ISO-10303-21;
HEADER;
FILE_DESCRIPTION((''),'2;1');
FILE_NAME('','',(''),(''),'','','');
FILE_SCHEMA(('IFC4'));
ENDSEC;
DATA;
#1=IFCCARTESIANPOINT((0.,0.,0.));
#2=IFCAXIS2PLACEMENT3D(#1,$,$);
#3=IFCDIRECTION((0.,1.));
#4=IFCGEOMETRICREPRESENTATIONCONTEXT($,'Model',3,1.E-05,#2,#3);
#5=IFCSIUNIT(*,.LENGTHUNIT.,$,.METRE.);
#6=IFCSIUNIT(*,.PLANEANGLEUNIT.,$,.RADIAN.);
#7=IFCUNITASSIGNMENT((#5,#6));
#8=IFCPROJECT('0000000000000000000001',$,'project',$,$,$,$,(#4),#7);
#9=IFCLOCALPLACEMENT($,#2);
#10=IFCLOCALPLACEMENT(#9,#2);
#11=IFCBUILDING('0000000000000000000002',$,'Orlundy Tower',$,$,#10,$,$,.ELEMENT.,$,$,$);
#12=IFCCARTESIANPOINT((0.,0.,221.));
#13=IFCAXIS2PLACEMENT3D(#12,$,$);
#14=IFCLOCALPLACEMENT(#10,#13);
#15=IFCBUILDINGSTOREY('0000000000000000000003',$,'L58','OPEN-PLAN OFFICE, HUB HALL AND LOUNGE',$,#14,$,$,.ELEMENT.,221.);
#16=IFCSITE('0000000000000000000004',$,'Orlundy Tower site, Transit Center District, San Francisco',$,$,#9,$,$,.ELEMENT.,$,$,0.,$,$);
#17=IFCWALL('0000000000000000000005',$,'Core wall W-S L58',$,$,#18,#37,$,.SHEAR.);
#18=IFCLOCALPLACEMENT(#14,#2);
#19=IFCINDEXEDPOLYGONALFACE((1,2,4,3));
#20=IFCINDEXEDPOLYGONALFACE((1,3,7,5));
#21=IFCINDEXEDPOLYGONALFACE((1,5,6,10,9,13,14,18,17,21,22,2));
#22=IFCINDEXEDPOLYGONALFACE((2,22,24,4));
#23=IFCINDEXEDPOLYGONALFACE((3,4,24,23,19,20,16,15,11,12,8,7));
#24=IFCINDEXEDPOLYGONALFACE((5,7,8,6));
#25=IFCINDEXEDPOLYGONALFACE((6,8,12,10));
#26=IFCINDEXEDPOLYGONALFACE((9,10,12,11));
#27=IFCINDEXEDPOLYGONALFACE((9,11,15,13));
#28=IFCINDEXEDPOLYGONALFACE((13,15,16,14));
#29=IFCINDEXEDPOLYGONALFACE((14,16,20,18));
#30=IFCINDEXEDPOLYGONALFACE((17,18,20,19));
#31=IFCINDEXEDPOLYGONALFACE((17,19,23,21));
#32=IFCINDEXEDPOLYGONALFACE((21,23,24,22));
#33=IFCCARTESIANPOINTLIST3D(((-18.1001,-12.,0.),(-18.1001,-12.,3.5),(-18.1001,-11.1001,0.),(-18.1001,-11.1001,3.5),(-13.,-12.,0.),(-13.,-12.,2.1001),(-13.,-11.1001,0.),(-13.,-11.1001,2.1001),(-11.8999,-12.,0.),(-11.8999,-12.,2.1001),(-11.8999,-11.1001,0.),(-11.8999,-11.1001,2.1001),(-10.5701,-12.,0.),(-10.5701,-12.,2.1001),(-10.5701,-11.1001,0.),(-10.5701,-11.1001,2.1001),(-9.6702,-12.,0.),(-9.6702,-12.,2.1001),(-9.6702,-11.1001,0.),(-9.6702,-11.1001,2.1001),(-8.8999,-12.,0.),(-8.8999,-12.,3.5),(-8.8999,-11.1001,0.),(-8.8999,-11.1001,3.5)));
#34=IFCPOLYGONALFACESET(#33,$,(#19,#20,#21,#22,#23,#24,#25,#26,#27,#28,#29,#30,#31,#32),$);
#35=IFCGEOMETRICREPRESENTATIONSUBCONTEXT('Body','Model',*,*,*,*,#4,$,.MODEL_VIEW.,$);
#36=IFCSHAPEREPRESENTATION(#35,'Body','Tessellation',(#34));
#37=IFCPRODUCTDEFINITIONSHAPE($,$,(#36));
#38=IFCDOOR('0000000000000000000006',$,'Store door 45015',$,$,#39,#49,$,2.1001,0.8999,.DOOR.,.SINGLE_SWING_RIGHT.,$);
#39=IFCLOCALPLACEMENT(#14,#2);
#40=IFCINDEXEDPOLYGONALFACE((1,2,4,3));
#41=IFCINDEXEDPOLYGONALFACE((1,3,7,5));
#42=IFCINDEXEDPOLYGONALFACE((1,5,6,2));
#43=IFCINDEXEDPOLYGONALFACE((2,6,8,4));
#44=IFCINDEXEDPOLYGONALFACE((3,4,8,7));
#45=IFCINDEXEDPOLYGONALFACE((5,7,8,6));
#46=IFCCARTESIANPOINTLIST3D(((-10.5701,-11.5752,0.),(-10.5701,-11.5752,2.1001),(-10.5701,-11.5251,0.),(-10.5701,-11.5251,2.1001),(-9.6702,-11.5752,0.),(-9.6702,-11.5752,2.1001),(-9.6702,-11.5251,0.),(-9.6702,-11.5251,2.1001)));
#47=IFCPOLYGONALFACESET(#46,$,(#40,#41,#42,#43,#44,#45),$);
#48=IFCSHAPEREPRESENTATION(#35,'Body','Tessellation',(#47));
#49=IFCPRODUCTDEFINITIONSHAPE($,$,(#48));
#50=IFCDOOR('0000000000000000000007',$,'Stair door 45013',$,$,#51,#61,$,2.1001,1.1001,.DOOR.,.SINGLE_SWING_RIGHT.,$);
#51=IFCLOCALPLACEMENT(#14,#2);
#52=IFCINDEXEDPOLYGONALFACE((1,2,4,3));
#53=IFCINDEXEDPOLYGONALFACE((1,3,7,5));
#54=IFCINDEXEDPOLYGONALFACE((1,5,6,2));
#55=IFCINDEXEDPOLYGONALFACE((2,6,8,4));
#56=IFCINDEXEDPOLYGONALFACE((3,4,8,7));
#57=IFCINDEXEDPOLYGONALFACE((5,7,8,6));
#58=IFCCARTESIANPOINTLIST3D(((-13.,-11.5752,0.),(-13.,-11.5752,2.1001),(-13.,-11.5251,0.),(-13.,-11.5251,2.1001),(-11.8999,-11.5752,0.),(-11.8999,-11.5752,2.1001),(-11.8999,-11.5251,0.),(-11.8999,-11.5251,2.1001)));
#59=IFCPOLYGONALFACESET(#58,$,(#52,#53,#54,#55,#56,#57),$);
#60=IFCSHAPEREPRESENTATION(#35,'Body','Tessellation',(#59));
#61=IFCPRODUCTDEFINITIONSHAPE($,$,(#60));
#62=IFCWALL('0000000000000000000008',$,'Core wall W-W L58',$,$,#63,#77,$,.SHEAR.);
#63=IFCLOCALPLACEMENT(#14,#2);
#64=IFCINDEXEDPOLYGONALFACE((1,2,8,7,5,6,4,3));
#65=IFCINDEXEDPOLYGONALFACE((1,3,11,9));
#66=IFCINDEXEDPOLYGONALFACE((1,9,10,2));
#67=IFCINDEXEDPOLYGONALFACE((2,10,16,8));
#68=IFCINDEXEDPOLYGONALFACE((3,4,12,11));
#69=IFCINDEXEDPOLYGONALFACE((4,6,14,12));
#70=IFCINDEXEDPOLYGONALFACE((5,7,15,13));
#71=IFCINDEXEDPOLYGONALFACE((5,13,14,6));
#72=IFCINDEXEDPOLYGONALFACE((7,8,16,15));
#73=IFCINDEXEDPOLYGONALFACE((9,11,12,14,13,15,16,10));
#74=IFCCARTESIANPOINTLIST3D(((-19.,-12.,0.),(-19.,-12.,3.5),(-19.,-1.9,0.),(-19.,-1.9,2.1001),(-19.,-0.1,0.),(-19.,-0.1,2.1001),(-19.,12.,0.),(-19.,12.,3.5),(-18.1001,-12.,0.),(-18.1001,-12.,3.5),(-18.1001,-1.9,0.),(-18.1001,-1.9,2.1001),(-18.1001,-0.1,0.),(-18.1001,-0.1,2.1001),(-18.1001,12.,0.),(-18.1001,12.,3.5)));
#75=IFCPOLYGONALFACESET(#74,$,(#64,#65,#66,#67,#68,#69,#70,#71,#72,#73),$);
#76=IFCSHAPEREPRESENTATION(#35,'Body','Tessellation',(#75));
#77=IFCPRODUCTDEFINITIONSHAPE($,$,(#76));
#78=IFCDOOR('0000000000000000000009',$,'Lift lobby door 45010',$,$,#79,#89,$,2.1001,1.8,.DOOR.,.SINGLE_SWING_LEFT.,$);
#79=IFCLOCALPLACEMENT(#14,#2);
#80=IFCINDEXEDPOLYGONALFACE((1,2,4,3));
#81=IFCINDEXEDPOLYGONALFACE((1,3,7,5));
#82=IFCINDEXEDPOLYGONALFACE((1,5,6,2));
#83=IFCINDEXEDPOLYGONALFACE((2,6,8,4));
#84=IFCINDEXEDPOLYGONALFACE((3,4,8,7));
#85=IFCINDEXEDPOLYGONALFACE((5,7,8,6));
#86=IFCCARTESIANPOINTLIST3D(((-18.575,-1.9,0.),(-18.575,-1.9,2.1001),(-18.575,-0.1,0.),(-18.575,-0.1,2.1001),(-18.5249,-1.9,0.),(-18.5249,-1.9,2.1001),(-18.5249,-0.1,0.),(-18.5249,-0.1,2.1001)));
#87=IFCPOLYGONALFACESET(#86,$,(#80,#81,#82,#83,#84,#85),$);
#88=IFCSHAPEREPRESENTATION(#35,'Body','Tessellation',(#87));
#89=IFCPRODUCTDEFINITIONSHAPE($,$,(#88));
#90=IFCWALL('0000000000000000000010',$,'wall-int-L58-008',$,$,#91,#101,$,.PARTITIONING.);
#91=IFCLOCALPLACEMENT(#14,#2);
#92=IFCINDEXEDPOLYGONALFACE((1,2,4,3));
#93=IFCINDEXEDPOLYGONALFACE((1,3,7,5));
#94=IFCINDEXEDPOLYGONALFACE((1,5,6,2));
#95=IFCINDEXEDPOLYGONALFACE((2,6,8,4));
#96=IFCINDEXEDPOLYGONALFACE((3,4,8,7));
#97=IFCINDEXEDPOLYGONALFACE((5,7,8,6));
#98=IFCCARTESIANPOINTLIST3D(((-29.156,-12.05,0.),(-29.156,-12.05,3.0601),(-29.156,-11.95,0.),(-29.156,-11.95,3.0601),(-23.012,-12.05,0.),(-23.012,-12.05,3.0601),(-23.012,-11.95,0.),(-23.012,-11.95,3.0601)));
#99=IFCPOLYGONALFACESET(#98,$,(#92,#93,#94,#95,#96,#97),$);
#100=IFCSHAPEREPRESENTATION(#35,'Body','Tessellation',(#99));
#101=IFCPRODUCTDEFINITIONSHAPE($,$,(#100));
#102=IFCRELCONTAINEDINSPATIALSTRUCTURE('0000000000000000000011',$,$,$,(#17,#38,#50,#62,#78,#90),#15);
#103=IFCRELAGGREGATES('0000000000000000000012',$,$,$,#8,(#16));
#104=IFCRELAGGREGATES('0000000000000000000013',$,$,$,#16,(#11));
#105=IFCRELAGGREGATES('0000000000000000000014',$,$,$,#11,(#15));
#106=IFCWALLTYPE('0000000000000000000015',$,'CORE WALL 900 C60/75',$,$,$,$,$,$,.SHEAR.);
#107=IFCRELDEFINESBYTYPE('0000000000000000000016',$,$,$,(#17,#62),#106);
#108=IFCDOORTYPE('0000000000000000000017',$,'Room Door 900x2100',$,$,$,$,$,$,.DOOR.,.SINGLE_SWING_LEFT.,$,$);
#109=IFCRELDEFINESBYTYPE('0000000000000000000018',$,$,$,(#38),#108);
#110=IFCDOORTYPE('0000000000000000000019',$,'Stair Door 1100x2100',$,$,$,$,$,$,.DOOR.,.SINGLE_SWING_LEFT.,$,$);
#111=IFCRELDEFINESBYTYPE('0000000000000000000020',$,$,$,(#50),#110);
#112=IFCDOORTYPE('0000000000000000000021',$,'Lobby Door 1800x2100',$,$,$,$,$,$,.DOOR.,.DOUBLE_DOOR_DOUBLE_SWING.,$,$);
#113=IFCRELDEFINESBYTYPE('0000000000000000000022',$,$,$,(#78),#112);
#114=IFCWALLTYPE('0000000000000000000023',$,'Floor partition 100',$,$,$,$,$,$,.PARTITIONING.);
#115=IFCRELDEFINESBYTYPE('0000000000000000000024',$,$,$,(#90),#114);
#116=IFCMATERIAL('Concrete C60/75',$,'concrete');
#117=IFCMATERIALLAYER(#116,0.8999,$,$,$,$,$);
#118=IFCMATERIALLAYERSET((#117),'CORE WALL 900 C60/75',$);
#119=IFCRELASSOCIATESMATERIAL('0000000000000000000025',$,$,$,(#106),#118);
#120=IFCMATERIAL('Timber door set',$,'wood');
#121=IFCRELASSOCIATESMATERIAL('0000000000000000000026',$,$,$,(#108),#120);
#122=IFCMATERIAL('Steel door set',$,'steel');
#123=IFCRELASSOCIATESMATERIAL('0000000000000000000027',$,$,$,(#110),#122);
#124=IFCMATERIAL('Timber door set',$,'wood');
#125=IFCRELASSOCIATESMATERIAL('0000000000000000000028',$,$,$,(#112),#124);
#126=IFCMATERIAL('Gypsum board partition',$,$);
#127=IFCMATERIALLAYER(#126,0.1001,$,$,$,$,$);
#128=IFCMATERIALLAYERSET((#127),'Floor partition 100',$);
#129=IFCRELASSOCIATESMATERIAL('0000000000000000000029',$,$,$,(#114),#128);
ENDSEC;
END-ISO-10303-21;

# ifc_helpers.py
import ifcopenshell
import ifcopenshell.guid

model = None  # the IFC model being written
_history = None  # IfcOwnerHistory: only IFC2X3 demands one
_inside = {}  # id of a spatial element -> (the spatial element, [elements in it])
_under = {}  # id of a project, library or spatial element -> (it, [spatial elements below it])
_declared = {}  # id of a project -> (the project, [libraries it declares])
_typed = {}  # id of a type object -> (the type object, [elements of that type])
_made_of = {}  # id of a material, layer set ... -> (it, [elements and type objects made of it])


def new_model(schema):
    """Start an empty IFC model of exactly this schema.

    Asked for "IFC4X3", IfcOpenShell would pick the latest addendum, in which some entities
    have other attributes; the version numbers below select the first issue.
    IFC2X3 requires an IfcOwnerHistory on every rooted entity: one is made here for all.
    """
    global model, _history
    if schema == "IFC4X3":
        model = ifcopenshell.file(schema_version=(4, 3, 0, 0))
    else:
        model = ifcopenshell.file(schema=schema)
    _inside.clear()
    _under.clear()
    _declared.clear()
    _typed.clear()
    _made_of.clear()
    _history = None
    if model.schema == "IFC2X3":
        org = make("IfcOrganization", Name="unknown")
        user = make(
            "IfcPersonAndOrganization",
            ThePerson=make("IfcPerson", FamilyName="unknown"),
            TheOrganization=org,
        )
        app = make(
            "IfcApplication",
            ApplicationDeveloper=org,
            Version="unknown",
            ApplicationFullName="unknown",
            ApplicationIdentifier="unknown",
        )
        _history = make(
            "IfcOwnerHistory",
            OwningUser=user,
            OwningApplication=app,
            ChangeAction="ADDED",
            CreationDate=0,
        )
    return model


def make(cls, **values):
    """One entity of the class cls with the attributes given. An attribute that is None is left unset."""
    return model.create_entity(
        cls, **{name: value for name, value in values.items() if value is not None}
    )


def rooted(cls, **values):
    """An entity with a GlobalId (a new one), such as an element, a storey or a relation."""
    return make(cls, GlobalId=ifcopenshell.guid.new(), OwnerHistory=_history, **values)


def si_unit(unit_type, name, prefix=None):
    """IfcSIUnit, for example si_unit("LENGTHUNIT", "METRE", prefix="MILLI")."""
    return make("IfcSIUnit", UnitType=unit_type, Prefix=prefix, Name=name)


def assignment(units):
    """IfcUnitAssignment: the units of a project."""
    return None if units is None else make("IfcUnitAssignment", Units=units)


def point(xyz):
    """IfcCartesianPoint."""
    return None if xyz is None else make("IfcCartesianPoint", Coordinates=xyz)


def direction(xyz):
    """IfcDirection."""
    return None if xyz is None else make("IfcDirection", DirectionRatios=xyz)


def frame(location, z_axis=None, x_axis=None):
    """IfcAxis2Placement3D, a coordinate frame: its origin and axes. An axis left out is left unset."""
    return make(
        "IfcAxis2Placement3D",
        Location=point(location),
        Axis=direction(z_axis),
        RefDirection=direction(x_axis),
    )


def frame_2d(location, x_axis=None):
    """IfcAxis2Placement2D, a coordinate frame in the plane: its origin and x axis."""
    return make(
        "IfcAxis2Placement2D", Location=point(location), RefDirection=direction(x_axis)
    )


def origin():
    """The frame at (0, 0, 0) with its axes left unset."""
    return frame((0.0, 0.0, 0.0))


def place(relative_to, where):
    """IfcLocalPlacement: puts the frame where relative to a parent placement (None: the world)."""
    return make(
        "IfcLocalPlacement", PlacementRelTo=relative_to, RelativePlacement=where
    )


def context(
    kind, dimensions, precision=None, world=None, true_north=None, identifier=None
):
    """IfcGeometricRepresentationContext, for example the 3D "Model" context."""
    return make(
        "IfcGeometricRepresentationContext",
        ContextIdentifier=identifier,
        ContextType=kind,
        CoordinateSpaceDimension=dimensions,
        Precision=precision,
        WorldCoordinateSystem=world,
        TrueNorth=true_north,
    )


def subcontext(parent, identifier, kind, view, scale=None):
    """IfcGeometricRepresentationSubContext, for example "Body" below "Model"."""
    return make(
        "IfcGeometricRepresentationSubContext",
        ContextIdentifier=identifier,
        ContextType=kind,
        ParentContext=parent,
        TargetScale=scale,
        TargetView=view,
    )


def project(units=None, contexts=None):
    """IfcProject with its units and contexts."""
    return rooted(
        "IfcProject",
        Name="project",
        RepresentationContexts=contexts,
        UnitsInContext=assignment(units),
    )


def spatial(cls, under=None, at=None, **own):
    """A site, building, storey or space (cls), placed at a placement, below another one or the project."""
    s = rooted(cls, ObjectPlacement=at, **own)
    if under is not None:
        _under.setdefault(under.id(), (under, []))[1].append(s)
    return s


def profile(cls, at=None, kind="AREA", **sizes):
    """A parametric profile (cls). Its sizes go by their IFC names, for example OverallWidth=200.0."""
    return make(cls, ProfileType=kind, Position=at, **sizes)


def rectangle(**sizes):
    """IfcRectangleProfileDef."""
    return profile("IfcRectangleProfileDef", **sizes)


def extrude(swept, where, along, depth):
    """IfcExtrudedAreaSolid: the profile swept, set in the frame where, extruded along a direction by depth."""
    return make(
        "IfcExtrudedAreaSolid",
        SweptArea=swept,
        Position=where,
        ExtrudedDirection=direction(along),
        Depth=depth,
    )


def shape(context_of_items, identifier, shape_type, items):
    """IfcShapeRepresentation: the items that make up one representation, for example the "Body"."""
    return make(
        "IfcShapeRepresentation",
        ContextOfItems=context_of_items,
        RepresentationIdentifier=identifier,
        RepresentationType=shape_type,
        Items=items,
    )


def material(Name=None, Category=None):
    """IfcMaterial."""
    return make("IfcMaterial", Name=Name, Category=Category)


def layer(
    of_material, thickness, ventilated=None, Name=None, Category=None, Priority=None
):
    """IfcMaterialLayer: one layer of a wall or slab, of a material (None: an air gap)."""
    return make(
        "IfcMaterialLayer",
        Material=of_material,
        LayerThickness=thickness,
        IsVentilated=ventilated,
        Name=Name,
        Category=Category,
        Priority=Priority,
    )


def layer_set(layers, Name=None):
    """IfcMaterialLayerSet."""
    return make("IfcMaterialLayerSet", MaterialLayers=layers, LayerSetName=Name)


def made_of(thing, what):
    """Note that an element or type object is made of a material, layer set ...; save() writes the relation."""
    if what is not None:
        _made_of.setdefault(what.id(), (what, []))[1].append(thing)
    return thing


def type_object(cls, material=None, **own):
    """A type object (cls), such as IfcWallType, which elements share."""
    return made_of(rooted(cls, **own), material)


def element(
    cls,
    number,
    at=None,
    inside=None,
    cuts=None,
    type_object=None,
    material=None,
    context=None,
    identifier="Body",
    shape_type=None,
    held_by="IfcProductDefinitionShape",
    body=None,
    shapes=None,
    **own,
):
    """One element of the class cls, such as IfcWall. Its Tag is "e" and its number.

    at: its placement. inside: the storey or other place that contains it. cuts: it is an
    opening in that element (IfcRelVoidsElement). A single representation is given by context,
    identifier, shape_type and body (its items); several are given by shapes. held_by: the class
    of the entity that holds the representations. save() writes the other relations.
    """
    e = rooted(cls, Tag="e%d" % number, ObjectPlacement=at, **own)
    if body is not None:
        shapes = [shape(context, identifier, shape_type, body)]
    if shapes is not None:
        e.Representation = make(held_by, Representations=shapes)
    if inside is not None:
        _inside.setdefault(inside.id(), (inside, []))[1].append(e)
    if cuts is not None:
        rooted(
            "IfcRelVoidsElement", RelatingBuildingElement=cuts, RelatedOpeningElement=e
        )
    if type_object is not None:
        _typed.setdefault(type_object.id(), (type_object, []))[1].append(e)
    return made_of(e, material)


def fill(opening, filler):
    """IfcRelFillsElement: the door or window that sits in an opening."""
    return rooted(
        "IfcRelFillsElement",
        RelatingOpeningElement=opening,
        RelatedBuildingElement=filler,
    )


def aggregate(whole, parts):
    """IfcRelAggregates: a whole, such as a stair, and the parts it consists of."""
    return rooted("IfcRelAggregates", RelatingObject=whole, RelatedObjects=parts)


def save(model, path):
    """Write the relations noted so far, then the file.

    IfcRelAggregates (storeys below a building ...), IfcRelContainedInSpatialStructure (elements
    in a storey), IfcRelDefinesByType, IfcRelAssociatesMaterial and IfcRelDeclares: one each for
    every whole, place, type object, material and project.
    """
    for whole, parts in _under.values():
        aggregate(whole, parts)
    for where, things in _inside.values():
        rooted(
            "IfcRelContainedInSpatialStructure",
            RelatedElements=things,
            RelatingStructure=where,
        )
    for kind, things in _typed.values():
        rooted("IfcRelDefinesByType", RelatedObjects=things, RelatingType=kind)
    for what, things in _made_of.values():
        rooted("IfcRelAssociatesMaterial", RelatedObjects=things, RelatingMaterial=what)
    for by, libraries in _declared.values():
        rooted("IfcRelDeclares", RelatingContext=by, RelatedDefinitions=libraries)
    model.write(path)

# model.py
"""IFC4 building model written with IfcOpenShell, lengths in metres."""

from ifc_helpers import new_model, si_unit, direction, frame, frame_2d, origin, place, context, subcontext, project, spatial, rectangle, extrude, material, layer, layer_set, type_object, element, fill, save


model = new_model("IFC4")

# Units and contexts
model_context = context("Model", 3, precision=1e-05, world=origin(), true_north=direction((0.0, 1.0)))
body_context = subcontext(model_context, "Body", "Model", "MODEL_VIEW")
ifc_project = project(units=[si_unit("LENGTHUNIT", "METRE"), si_unit("PLANEANGLEUNIT", "RADIAN")], contexts=[model_context])

# Site, building, storey
site_placement = place(None, origin())
site = spatial("IfcSite", under=ifc_project, at=site_placement, Name="Orlundy Tower site, Transit Center District, San Francisco", CompositionType="ELEMENT", RefElevation=0.0)
building_placement = place(site_placement, origin())
building = spatial("IfcBuilding", under=site, at=building_placement, Name="Orlundy Tower", CompositionType="ELEMENT")
storey_placement = place(building_placement, frame((0.0, 0.0, 221.0)))
storey = spatial("IfcBuildingStorey", under=building, at=storey_placement, Name="L58", Description="OPEN-PLAN OFFICE, HUB HALL AND LOUNGE", CompositionType="ELEMENT", Elevation=221.0)

# Wall, openings, doors
ifc_material_1 = material(Name="Concrete C60/75", Category="concrete")
ifc_layer_1 = layer(ifc_material_1, 0.8999)
ifc_layer_set_1 = layer_set([ifc_layer_1], Name="CORE WALL 900 C60/75")
wall_type_1 = type_object("IfcWallType", Name="CORE WALL 900 C60/75", PredefinedType="SHEAR", material=ifc_layer_set_1)
wall_1_placement = place(storey_placement, frame((-18.1001, -11.55, 0.0), z_axis=(0.0, 0.0, 1.0), x_axis=(1.0, 0.0, 0.0)))
wall_1 = element("IfcWall", 1, at=wall_1_placement, inside=storey, type_object=wall_type_1, Name="Core wall W-S L58", PredefinedType="SHEAR", context=body_context, shape_type="SweptSolid", body=[
    extrude(rectangle(XDim=9.2002, YDim=0.8999, at=frame_2d((4.6001, 0.0))), origin(), (0.0, 0.0, 1.0), 3.5),
])
opening_1_placement = place(wall_1_placement, frame((5.1001, 0.0, 0.0)))
opening_1 = element("IfcOpeningElement", 2, at=opening_1_placement, cuts=wall_1, PredefinedType="OPENING", context=body_context, shape_type="SweptSolid", body=[
    extrude(rectangle(XDim=1.1001, YDim=2.1001, at=frame_2d((0.55, 1.05))), frame((0.0, 0.46, 0.0), z_axis=(0.0, -1.0, 0.0), x_axis=(1.0, 0.0, 0.0)), (0.0, 0.0, 1.0), 0.9199),
])
opening_2_placement = place(wall_1_placement, frame((7.53, 0.0, 0.0)))
opening_2 = element("IfcOpeningElement", 3, at=opening_2_placement, cuts=wall_1, PredefinedType="OPENING", context=body_context, shape_type="SweptSolid", body=[
    extrude(rectangle(XDim=0.8999, YDim=2.1001, at=frame_2d((0.45, 1.05))), frame((0.0, 0.46, 0.0), z_axis=(0.0, -1.0, 0.0), x_axis=(1.0, 0.0, 0.0)), (0.0, 0.0, 1.0), 0.9199),
])
ifc_material_2 = material(Name="Timber door set", Category="wood")
door_type_1 = type_object("IfcDoorType", Name="Room Door 900x2100", OperationType="SINGLE_SWING_LEFT", PredefinedType="DOOR", material=ifc_material_2)
door_1_placement = place(opening_2_placement, origin())
door_1 = element("IfcDoor", 4, at=door_1_placement, inside=storey, type_object=door_type_1, Name="Store door 45015", OperationType="SINGLE_SWING_RIGHT", OverallHeight=2.1001, OverallWidth=0.8999, PredefinedType="DOOR", context=body_context, shape_type="SweptSolid", body=[
    extrude(rectangle(XDim=0.8999, YDim=2.1001, at=frame_2d((0.45, 1.05))), frame((0.0, 0.0249, 0.0), z_axis=(0.0, -1.0, 0.0), x_axis=(1.0, 0.0, 0.0)), (0.0, 0.0, 1.0), 0.05),
])
fill(opening_2, door_1)
ifc_material_3 = material(Name="Steel door set", Category="steel")
door_type_2 = type_object("IfcDoorType", Name="Stair Door 1100x2100", OperationType="SINGLE_SWING_LEFT", PredefinedType="DOOR", material=ifc_material_3)
door_2_placement = place(opening_1_placement, origin())
door_2 = element("IfcDoor", 5, at=door_2_placement, inside=storey, type_object=door_type_2, Name="Stair door 45013", OperationType="SINGLE_SWING_RIGHT", OverallHeight=2.1001, OverallWidth=1.1001, PredefinedType="DOOR", context=body_context, shape_type="SweptSolid", body=[
    extrude(rectangle(XDim=1.1001, YDim=2.1001, at=frame_2d((0.55, 1.05))), frame((0.0, 0.0249, 0.0), z_axis=(0.0, -1.0, 0.0), x_axis=(1.0, 0.0, 0.0)), (0.0, 0.0, 1.0), 0.05),
])
fill(opening_1, door_2)

# Wall, opening, door
wall_2_placement = place(storey_placement, frame((-18.55, -12.0, 0.0), z_axis=(0.0, 0.0, 1.0), x_axis=(0.0, 1.0, 0.0)))
wall_2 = element("IfcWall", 6, at=wall_2_placement, inside=storey, type_object=wall_type_1, Name="Core wall W-W L58", PredefinedType="SHEAR", context=body_context, shape_type="SweptSolid", body=[
    extrude(rectangle(XDim=24.0, YDim=0.8999, at=frame_2d((12.0, 0.0))), origin(), (0.0, 0.0, 1.0), 3.5),
])
opening_3_placement = place(wall_2_placement, frame((10.1001, 0.0, 0.0)))
opening_3 = element("IfcOpeningElement", 7, at=opening_3_placement, cuts=wall_2, PredefinedType="OPENING", context=body_context, shape_type="SweptSolid", body=[
    extrude(rectangle(XDim=1.8, YDim=2.1001, at=frame_2d((0.8999, 1.05))), frame((0.0, 0.46, 0.0), z_axis=(0.0, -1.0, 0.0), x_axis=(1.0, 0.0, 0.0)), (0.0, 0.0, 1.0), 0.9199),
])
ifc_material_4 = material(Name="Timber door set", Category="wood")
door_type_3 = type_object("IfcDoorType", Name="Lobby Door 1800x2100", OperationType="DOUBLE_DOOR_DOUBLE_SWING", PredefinedType="DOOR", material=ifc_material_4)
door_3_placement = place(opening_3_placement, origin())
door_3 = element("IfcDoor", 8, at=door_3_placement, inside=storey, type_object=door_type_3, Name="Lift lobby door 45010", OperationType="SINGLE_SWING_LEFT", OverallHeight=2.1001, OverallWidth=1.8, PredefinedType="DOOR", context=body_context, shape_type="SweptSolid", body=[
    extrude(rectangle(XDim=1.8, YDim=2.1001, at=frame_2d((0.8999, 1.05))), frame((0.0, 0.0249, 0.0), z_axis=(0.0, -1.0, 0.0), x_axis=(1.0, 0.0, 0.0)), (0.0, 0.0, 1.0), 0.05),
])
fill(opening_3, door_3)

# Wall
ifc_material_5 = material(Name="Gypsum board partition")
ifc_layer_2 = layer(ifc_material_5, 0.1001)
ifc_layer_set_2 = layer_set([ifc_layer_2], Name="Floor partition 100")
wall_type_2 = type_object("IfcWallType", Name="Floor partition 100", PredefinedType="PARTITIONING", material=ifc_layer_set_2)
wall_3_placement = place(storey_placement, frame((-29.156, -12.0, 0.0), z_axis=(0.0, 0.0, 1.0), x_axis=(1.0, 0.0, 0.0)))
element("IfcWall", 9, at=wall_3_placement, inside=storey, type_object=wall_type_2, Name="wall-int-L58-008", PredefinedType="PARTITIONING", context=body_context, shape_type="SweptSolid", body=[
    extrude(rectangle(XDim=6.144, YDim=0.1001, at=frame_2d((3.072, 0.0))), origin(), (0.0, 0.0, 1.0), 3.0601),
])

save(model, "model.ifc")
